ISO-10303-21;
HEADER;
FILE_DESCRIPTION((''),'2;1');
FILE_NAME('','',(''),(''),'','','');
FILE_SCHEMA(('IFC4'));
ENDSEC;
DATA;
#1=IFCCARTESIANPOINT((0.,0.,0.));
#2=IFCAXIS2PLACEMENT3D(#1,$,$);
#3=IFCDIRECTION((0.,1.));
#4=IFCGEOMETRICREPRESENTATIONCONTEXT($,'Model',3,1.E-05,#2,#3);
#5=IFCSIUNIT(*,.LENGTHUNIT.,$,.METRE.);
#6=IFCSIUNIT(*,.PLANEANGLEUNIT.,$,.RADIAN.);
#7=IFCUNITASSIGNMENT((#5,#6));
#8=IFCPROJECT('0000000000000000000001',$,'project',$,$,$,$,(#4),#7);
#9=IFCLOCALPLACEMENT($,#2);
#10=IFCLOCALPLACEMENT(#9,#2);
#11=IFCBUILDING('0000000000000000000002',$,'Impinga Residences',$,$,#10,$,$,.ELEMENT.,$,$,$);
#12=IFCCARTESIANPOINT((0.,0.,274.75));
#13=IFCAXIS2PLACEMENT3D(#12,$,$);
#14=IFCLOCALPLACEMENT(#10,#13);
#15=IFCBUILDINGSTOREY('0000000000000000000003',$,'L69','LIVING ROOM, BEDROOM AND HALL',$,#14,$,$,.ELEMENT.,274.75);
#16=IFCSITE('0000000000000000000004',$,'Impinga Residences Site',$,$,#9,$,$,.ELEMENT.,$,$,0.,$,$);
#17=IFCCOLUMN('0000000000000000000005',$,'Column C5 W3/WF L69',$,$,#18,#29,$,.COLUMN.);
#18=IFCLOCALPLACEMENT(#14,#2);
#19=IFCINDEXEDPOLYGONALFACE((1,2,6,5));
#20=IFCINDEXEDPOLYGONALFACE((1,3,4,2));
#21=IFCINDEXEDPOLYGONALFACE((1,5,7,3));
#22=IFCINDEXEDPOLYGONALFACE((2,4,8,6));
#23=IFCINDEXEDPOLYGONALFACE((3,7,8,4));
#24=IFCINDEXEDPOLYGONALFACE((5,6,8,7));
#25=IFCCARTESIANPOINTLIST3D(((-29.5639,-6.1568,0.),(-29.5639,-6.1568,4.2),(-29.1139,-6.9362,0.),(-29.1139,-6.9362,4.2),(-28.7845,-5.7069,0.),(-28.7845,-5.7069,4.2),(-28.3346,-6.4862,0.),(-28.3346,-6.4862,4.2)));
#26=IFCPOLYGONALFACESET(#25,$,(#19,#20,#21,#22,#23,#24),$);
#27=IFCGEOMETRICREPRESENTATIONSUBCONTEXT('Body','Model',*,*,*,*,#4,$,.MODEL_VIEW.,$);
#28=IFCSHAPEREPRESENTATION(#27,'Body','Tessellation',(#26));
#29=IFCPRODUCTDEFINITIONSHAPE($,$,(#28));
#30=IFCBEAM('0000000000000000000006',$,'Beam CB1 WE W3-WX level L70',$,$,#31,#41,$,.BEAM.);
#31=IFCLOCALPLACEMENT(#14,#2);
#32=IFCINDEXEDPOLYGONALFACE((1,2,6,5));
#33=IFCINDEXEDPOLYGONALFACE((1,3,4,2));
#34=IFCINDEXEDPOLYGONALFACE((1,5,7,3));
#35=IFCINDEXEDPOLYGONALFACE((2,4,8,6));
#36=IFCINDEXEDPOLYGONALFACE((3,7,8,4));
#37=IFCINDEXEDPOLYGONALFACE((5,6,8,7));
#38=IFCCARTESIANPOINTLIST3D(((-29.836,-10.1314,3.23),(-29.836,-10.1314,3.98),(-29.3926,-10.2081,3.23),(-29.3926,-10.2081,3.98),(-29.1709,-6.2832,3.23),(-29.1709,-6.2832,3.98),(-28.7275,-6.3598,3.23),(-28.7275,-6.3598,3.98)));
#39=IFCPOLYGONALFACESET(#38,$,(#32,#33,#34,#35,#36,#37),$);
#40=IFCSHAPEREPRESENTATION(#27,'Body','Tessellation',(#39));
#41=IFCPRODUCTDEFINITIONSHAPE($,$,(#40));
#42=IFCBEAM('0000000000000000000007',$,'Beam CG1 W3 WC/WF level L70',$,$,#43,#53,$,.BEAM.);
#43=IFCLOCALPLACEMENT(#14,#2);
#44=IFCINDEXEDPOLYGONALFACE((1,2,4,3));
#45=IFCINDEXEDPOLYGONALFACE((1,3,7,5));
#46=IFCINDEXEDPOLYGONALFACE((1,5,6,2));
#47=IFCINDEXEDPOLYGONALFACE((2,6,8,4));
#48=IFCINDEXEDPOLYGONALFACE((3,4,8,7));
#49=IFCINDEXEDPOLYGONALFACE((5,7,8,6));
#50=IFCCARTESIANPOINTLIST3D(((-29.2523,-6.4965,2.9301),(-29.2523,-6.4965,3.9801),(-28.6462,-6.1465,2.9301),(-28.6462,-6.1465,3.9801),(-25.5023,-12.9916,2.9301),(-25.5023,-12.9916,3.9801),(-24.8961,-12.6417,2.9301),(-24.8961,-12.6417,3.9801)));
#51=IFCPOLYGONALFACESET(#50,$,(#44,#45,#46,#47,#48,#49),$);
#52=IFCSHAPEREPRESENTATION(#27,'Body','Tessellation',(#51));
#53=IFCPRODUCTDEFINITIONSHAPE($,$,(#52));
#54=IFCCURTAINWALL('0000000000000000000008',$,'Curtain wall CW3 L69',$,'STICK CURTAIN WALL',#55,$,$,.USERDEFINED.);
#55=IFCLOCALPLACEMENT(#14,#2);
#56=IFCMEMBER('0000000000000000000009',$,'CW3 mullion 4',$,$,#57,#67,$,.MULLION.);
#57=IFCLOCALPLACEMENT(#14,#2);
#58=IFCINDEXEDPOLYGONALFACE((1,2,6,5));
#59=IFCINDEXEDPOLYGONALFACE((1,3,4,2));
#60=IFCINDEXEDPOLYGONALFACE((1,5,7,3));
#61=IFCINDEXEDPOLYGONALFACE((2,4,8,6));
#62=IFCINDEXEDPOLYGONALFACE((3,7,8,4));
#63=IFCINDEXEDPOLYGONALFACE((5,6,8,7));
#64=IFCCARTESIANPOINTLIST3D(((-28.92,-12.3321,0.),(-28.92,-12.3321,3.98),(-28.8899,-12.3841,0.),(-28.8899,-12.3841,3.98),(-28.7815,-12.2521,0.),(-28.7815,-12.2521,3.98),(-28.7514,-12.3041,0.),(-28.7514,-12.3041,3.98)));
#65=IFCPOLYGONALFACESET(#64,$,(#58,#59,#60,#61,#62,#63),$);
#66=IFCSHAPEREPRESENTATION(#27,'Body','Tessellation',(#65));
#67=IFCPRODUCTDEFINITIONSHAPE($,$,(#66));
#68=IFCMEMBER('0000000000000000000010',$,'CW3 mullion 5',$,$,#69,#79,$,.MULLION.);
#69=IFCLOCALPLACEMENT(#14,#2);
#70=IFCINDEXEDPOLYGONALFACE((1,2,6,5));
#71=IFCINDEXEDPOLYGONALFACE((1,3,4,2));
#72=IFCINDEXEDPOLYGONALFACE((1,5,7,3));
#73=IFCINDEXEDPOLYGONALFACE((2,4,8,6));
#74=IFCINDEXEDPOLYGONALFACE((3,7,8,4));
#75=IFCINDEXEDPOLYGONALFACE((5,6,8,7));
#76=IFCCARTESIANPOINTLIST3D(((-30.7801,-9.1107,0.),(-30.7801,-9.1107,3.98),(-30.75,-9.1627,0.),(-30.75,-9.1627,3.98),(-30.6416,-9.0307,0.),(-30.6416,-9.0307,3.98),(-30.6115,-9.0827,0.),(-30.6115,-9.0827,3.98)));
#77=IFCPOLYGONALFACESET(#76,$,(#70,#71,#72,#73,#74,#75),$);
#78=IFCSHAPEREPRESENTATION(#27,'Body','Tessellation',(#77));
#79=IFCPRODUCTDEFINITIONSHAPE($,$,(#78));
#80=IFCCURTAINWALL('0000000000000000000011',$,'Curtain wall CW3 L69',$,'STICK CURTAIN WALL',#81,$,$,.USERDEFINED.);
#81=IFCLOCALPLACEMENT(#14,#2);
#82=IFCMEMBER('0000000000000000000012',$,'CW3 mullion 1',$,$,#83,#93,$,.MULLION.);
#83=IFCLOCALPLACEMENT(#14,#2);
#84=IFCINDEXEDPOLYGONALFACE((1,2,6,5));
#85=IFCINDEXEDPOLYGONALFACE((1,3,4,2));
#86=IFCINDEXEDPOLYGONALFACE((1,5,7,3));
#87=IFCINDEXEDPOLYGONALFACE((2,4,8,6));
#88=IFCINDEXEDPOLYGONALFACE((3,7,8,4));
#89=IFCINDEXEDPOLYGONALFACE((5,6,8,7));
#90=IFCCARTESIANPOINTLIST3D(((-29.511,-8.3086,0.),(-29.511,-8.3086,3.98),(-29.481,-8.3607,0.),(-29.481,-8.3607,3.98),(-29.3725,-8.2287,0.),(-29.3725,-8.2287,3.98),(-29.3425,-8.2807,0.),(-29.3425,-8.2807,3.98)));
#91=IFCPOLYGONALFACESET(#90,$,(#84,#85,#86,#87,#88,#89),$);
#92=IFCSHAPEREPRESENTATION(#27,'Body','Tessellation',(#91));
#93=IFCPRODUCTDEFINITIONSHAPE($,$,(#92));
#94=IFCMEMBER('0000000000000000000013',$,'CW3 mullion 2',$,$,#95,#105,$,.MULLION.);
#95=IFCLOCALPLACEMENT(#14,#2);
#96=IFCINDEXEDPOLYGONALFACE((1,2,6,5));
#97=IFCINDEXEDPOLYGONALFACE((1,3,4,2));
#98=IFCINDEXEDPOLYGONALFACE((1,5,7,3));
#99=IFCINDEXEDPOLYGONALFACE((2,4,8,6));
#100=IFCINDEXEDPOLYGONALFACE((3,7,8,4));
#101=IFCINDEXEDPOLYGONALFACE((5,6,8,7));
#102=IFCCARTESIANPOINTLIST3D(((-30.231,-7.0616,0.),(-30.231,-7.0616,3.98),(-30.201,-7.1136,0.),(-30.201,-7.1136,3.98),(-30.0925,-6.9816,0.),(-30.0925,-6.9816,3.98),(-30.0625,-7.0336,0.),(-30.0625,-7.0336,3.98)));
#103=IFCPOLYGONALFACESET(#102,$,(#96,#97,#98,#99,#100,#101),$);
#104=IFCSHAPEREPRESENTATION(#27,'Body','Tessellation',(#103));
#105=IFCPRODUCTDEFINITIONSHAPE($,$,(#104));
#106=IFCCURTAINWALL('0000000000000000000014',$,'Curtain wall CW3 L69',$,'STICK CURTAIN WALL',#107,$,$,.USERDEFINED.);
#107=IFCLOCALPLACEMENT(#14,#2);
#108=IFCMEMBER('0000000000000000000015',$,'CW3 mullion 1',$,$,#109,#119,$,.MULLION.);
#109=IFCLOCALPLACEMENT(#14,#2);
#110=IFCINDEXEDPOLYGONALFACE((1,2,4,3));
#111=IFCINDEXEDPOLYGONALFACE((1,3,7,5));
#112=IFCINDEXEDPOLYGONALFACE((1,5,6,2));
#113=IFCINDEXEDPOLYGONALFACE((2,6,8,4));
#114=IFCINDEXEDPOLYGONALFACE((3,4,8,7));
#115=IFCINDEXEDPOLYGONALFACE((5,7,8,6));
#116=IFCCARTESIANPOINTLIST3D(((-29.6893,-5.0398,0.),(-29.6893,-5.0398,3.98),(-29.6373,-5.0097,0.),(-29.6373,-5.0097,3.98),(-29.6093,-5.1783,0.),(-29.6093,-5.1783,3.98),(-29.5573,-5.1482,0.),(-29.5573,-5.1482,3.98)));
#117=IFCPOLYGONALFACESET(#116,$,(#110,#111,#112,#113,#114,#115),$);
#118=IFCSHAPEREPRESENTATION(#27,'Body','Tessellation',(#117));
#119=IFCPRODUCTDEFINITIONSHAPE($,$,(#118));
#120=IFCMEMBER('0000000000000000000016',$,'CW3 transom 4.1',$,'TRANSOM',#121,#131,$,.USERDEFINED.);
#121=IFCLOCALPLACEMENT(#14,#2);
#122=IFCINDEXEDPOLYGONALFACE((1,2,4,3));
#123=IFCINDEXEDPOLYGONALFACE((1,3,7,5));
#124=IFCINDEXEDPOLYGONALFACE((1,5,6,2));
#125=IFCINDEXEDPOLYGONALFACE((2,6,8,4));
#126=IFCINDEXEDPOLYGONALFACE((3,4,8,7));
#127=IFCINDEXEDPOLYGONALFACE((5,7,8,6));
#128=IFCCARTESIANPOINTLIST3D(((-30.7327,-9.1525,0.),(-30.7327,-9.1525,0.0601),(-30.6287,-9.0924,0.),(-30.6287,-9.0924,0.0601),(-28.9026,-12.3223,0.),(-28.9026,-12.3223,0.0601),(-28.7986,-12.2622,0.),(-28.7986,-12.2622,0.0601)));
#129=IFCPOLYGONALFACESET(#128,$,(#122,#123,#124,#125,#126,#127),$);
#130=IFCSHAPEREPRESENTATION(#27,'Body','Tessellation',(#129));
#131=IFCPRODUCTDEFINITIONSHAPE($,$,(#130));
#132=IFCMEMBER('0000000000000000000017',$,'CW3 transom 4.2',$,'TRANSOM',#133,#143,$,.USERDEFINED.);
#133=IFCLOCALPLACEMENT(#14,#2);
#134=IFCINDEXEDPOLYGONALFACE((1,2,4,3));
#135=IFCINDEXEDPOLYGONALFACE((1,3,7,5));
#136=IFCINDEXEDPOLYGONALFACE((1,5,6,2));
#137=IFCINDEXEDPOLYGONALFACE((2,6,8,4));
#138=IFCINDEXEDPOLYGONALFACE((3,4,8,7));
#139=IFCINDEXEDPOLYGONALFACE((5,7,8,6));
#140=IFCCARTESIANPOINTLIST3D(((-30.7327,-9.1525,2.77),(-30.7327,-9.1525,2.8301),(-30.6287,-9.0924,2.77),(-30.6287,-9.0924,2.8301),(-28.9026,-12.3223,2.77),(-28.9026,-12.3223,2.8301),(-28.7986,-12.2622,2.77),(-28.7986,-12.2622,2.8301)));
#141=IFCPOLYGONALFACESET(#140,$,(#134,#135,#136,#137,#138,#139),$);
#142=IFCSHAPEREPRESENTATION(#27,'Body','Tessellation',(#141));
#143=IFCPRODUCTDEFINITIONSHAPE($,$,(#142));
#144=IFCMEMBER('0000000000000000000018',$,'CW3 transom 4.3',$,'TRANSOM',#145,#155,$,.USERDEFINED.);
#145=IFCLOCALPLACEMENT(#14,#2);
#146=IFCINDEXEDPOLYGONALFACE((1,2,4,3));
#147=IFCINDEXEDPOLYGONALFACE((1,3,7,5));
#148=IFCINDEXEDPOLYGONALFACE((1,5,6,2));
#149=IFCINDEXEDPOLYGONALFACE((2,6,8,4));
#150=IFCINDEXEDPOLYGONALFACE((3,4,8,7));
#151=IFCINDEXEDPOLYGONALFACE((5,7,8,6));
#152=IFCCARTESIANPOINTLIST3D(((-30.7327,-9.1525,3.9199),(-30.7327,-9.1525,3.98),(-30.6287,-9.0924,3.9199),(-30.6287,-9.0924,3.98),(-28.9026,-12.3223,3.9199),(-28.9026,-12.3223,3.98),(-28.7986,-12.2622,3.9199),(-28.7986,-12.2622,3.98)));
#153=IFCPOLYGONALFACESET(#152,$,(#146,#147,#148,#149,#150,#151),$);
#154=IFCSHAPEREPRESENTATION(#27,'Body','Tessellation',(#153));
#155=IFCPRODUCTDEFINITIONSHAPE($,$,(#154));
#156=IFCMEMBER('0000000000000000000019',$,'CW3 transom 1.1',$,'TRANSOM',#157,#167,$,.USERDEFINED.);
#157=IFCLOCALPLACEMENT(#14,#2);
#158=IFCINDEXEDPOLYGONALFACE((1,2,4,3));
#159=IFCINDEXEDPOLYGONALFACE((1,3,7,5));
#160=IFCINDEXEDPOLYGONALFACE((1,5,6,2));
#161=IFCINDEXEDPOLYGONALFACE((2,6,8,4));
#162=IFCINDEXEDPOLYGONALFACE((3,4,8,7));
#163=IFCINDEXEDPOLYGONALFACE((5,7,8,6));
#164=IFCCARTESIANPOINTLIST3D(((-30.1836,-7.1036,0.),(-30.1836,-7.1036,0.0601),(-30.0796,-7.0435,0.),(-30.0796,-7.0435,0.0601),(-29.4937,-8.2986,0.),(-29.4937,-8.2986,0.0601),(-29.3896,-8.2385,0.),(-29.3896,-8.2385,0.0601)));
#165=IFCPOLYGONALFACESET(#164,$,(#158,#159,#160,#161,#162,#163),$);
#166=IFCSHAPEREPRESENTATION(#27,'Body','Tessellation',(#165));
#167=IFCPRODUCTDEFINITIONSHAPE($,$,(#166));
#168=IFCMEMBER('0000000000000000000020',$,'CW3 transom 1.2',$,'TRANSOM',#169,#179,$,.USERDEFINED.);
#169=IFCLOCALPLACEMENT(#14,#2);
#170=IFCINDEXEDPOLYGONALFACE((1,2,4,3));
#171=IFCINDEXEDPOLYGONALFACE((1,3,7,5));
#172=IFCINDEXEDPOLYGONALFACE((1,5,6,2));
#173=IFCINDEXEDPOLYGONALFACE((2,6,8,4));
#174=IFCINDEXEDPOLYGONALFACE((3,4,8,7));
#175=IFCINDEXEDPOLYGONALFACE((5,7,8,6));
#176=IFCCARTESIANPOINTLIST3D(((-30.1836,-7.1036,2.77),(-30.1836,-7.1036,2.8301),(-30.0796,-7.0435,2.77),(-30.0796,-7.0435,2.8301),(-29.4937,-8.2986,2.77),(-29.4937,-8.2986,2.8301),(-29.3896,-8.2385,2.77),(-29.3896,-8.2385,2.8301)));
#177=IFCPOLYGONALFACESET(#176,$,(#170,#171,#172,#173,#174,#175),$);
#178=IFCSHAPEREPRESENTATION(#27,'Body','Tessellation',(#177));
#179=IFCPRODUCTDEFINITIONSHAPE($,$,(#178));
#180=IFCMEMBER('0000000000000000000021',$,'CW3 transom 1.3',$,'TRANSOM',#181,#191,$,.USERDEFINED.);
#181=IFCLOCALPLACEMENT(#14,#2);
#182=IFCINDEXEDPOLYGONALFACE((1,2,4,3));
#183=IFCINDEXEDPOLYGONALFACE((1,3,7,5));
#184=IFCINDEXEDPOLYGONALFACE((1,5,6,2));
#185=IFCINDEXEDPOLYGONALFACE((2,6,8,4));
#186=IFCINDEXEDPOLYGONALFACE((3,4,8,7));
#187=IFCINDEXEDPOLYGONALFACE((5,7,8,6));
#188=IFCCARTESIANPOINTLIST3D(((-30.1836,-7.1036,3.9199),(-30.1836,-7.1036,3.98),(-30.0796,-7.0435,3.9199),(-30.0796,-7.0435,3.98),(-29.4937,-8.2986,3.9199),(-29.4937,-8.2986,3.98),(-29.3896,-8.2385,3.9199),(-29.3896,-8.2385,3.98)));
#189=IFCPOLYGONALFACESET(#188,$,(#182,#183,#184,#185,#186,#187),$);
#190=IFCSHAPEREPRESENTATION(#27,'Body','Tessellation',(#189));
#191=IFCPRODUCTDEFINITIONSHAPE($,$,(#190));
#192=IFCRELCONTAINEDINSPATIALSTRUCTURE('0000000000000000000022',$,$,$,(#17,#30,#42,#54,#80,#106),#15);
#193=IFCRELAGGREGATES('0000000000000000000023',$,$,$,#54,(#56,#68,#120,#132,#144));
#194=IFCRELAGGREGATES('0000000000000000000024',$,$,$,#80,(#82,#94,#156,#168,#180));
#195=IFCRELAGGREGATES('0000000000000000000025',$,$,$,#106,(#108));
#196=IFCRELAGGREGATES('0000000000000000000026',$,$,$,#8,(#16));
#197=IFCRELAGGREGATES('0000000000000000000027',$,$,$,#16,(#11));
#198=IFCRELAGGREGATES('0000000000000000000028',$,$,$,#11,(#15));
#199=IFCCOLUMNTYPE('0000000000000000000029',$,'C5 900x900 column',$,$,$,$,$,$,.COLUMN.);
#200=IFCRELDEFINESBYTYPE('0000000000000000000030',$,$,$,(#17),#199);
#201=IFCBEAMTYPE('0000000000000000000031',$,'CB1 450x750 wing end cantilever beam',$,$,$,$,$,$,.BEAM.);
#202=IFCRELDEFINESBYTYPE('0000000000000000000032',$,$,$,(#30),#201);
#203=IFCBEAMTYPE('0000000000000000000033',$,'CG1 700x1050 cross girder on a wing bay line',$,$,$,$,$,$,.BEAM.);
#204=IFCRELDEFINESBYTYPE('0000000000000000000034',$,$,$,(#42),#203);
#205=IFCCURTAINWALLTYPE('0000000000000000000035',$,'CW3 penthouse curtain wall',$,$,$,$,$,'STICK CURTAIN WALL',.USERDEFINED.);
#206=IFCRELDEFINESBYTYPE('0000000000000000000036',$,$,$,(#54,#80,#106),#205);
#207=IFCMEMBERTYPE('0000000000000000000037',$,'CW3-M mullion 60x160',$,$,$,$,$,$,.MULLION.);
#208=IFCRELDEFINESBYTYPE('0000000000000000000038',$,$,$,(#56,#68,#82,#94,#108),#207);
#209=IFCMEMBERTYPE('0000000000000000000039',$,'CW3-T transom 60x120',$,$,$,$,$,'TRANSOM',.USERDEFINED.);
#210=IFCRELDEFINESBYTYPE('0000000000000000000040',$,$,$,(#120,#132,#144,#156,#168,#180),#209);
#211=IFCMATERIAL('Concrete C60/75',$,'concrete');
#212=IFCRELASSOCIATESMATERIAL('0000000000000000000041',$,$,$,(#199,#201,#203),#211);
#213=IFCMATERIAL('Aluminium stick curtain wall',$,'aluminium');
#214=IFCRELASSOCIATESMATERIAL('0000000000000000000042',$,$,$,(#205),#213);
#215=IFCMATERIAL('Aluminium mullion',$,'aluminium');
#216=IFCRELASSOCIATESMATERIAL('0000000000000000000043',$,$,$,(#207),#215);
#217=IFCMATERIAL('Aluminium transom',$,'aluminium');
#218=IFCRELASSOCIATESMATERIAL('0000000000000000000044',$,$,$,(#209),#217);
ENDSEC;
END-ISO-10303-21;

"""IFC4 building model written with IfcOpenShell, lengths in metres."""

from ifc_helpers import new_model, si_unit, direction, frame, origin, origin_2d, place, context, subcontext, project, spatial, rectangle, extrude, material, material_profile, profile_set, type_object, element, aggregate, save


model = new_model("IFC4")

# Units and contexts
model_context = context("Model", 3, precision=1e-05, world=origin(), true_north=direction((0.0, 1.0)))
body_context = subcontext(model_context, "Body", "Model", "MODEL_VIEW")
ifc_project = project(units=[si_unit("LENGTHUNIT", "METRE"), si_unit("PLANEANGLEUNIT", "RADIAN")], contexts=[model_context])

# Site, building, storey
site_placement = place(None, origin())
site = spatial("IfcSite", under=ifc_project, at=site_placement, Name="Impinga Residences Site", CompositionType="ELEMENT", RefElevation=0.0)
building_placement = place(site_placement, origin())
building = spatial("IfcBuilding", under=site, at=building_placement, Name="Impinga Residences", CompositionType="ELEMENT")
storey_placement = place(building_placement, frame((0.0, 0.0, 274.75)))
storey = spatial("IfcBuildingStorey", under=building, at=storey_placement, Name="L69", Description="LIVING ROOM, BEDROOM AND HALL", CompositionType="ELEMENT", Elevation=274.75)

# Column
ifc_material_1 = material(Name="Concrete C60/75", Category="concrete")
ifc_material_profile_1 = material_profile(ifc_material_1, rectangle(XDim=0.8999, YDim=0.8999, at=origin_2d()), Name="RC 900x900")
ifc_profile_set_1 = profile_set([ifc_material_profile_1], Name="Concrete C60/75")
column_type = type_object("IfcColumnType", Name="C5 900x900 column", PredefinedType="COLUMN", material=ifc_profile_set_1)
column_placement = place(storey_placement, frame((-28.9492, -6.3215, 0.0), z_axis=(0.0, 0.0, 1.0), x_axis=(-0.5, 0.866025, 0.0)))
element("IfcColumn", 1, at=column_placement, inside=storey, type_object=column_type, Name="Column C5 W3/WF L69", PredefinedType="COLUMN", context=body_context, shape_type="SweptSolid", body=[
    extrude(rectangle(XDim=0.8999, YDim=0.8999, at=origin_2d()), origin(), (0.0, 0.0, 1.0), 4.2),
])

# Beams
ifc_material_profile_2 = material_profile(ifc_material_1, rectangle(XDim=0.45, YDim=0.75, at=origin_2d()), Name="RC 450x750")
ifc_profile_set_2 = profile_set([ifc_material_profile_2], Name="Concrete C60/75")
beam_type_1 = type_object("IfcBeamType", Name="CB1 450x750 wing end cantilever beam", PredefinedType="BEAM", material=ifc_profile_set_2)
beam_1_placement = place(storey_placement, frame((-28.9492, -6.3215, 3.605), z_axis=(-0.170296, -0.985393, 0.0), x_axis=(0.985393, -0.170296, 0.0)))
element("IfcBeam", 2, at=beam_1_placement, inside=storey, type_object=beam_type_1, Name="Beam CB1 WE W3-WX level L70", PredefinedType="BEAM", context=body_context, shape_type="SweptSolid", body=[
    extrude(rectangle(XDim=0.45, YDim=0.75, at=origin_2d()), origin(), (0.0, 0.0, 1.0), 3.9053),
])
ifc_material_profile_3 = material_profile(ifc_material_1, rectangle(XDim=0.7, YDim=1.05, at=origin_2d()), Name="RC 700x1050")
ifc_profile_set_3 = profile_set([ifc_material_profile_3], Name="Concrete C60/75")
beam_type_2 = type_object("IfcBeamType", Name="CG1 700x1050 cross girder on a wing bay line", PredefinedType="BEAM", material=ifc_profile_set_3)
beam_2_placement = place(storey_placement, frame((-25.1992, -12.8167, 3.4551), z_axis=(-0.500004, 0.866023, 0.0), x_axis=(-0.866023, -0.500004, 0.0)))
element("IfcBeam", 3, at=beam_2_placement, inside=storey, type_object=beam_type_2, Name="Beam CG1 W3 WC/WF level L70", PredefinedType="BEAM", context=body_context, shape_type="SweptSolid", body=[
    extrude(rectangle(XDim=0.7, YDim=1.05, at=origin_2d()), origin(), (0.0, 0.0, 1.0), 7.5),
])

# Curtain walls, members
ifc_material_2 = material(Name="Aluminium stick curtain wall", Category="aluminium")
curtain_wall_type = type_object("IfcCurtainWallType", Name="CW3 penthouse curtain wall", ElementType="STICK CURTAIN WALL", PredefinedType="USERDEFINED", material=ifc_material_2)
curtain_wall_1_placement = place(storey_placement, origin())
curtain_wall_1 = element("IfcCurtainWall", 4, at=curtain_wall_1_placement, inside=storey, type_object=curtain_wall_type, Name="Curtain wall CW3 L69", ObjectType="STICK CURTAIN WALL", PredefinedType="USERDEFINED")
ifc_material_3 = material(Name="Aluminium mullion", Category="aluminium")
ifc_material_profile_4 = material_profile(ifc_material_3, rectangle(XDim=0.0601, YDim=0.1599, at=origin_2d()), Name="60x160 mullion")
ifc_profile_set_4 = profile_set([ifc_material_profile_4], Name="Aluminium mullion")
member_type_1 = type_object("IfcMemberType", Name="CW3-M mullion 60x160", PredefinedType="MULLION", material=ifc_profile_set_4)
member_1_placement = place(storey_placement, frame((-28.8357, -12.3181, 0.0), z_axis=(0.0, 0.0, 1.0), x_axis=(-0.5, 0.866025, 0.0)))
member_1 = element("IfcMember", 5, at=member_1_placement, type_object=member_type_1, Name="CW3 mullion 4", PredefinedType="MULLION", context=body_context, shape_type="SweptSolid", body=[
    extrude(rectangle(XDim=0.0601, YDim=0.1599, at=origin_2d()), origin(), (0.0, 0.0, 1.0), 3.98),
])
member_2_placement = place(storey_placement, frame((-30.6958, -9.0967, 0.0), z_axis=(0.0, 0.0, 1.0), x_axis=(-0.5, 0.866025, 0.0)))
member_2 = element("IfcMember", 6, at=member_2_placement, type_object=member_type_1, Name="CW3 mullion 5", PredefinedType="MULLION", context=body_context, shape_type="SweptSolid", body=[
    extrude(rectangle(XDim=0.0601, YDim=0.1599, at=origin_2d()), origin(), (0.0, 0.0, 1.0), 3.98),
])
curtain_wall_2_placement = place(storey_placement, origin())
curtain_wall_2 = element("IfcCurtainWall", 7, at=curtain_wall_2_placement, inside=storey, type_object=curtain_wall_type, Name="Curtain wall CW3 L69", ObjectType="STICK CURTAIN WALL", PredefinedType="USERDEFINED")
member_3_placement = place(storey_placement, frame((-29.4268, -8.2947, 0.0), z_axis=(0.0, 0.0, 1.0), x_axis=(-0.5, 0.866025, 0.0)))
member_3 = element("IfcMember", 8, at=member_3_placement, type_object=member_type_1, Name="CW3 mullion 1", PredefinedType="MULLION", context=body_context, shape_type="SweptSolid", body=[
    extrude(rectangle(XDim=0.0601, YDim=0.1599, at=origin_2d()), origin(), (0.0, 0.0, 1.0), 3.98),
])
member_4_placement = place(storey_placement, frame((-30.1467, -7.0476, 0.0), z_axis=(0.0, 0.0, 1.0), x_axis=(-0.5, 0.866025, 0.0)))
member_4 = element("IfcMember", 9, at=member_4_placement, type_object=member_type_1, Name="CW3 mullion 2", PredefinedType="MULLION", context=body_context, shape_type="SweptSolid", body=[
    extrude(rectangle(XDim=0.0601, YDim=0.1599, at=origin_2d()), origin(), (0.0, 0.0, 1.0), 3.98),
])

# Curtain wall, member
curtain_wall_3_placement = place(storey_placement, origin())
curtain_wall_3 = element("IfcCurtainWall", 10, at=curtain_wall_3_placement, inside=storey, type_object=curtain_wall_type, Name="Curtain wall CW3 L69", ObjectType="STICK CURTAIN WALL", PredefinedType="USERDEFINED")
member_5_placement = place(storey_placement, frame((-29.6233, -5.094, 0.0), z_axis=(0.0, 0.0, 1.0), x_axis=(0.866025, 0.5, 0.0)))
member_5 = element("IfcMember", 11, at=member_5_placement, type_object=member_type_1, Name="CW3 mullion 1", PredefinedType="MULLION", context=body_context, shape_type="SweptSolid", body=[
    extrude(rectangle(XDim=0.0601, YDim=0.1599, at=origin_2d()), origin(), (0.0, 0.0, 1.0), 3.98),
])

# Members
ifc_material_4 = material(Name="Aluminium transom", Category="aluminium")
ifc_material_profile_5 = material_profile(ifc_material_4, rectangle(XDim=0.0601, YDim=0.1201, at=origin_2d()), Name="60x120 transom")
ifc_profile_set_5 = profile_set([ifc_material_profile_5], Name="Aluminium transom")
member_type_2 = type_object("IfcMemberType", Name="CW3-T transom 60x120", ElementType="TRANSOM", PredefinedType="USERDEFINED", material=ifc_profile_set_5)
member_6_placement = place(storey_placement, frame((-28.8506, -12.2922, 0.03), z_axis=(-0.500013, 0.866018, 0.0), x_axis=(0.0, 0.0, 1.0)))
member_6 = element("IfcMember", 12, at=member_6_placement, type_object=member_type_2, Name="CW3 transom 4.1", ObjectType="TRANSOM", PredefinedType="USERDEFINED", context=body_context, shape_type="SweptSolid", body=[
    extrude(rectangle(XDim=0.0601, YDim=0.1201, at=origin_2d()), origin(), (0.0, 0.0, 1.0), 3.6602),
])
member_7_placement = place(storey_placement, frame((-28.8506, -12.2922, 2.8), z_axis=(-0.500013, 0.866018, 0.0), x_axis=(0.0, 0.0, 1.0)))
member_7 = element("IfcMember", 13, at=member_7_placement, type_object=member_type_2, Name="CW3 transom 4.2", ObjectType="TRANSOM", PredefinedType="USERDEFINED", context=body_context, shape_type="SweptSolid", body=[
    extrude(rectangle(XDim=0.0601, YDim=0.1201, at=origin_2d()), origin(), (0.0, 0.0, 1.0), 3.6602),
])
member_8_placement = place(storey_placement, frame((-28.8506, -12.2922, 3.95), z_axis=(-0.500013, 0.866018, 0.0), x_axis=(0.0, 0.0, 1.0)))
member_8 = element("IfcMember", 14, at=member_8_placement, type_object=member_type_2, Name="CW3 transom 4.3", ObjectType="TRANSOM", PredefinedType="USERDEFINED", context=body_context, shape_type="SweptSolid", body=[
    extrude(rectangle(XDim=0.0601, YDim=0.1201, at=origin_2d()), origin(), (0.0, 0.0, 1.0), 3.6602),
])
member_9_placement = place(storey_placement, frame((-29.4417, -8.2686, 0.03), z_axis=(-0.499983, 0.866035, 0.0), x_axis=(0.0, 0.0, 1.0)))
member_9 = element("IfcMember", 15, at=member_9_placement, type_object=member_type_2, Name="CW3 transom 1.1", ObjectType="TRANSOM", PredefinedType="USERDEFINED", context=body_context, shape_type="SweptSolid", body=[
    extrude(rectangle(XDim=0.0601, YDim=0.1201, at=origin_2d()), origin(), (0.0, 0.0, 1.0), 1.3799),
])
member_10_placement = place(storey_placement, frame((-29.4417, -8.2686, 2.8), z_axis=(-0.499983, 0.866035, 0.0), x_axis=(0.0, 0.0, 1.0)))
member_10 = element("IfcMember", 16, at=member_10_placement, type_object=member_type_2, Name="CW3 transom 1.2", ObjectType="TRANSOM", PredefinedType="USERDEFINED", context=body_context, shape_type="SweptSolid", body=[
    extrude(rectangle(XDim=0.0601, YDim=0.1201, at=origin_2d()), origin(), (0.0, 0.0, 1.0), 1.3799),
])
member_11_placement = place(storey_placement, frame((-29.4417, -8.2686, 3.95), z_axis=(-0.499983, 0.866035, 0.0), x_axis=(0.0, 0.0, 1.0)))
member_11 = element("IfcMember", 17, at=member_11_placement, type_object=member_type_2, Name="CW3 transom 1.3", ObjectType="TRANSOM", PredefinedType="USERDEFINED", context=body_context, shape_type="SweptSolid", body=[
    extrude(rectangle(XDim=0.0601, YDim=0.1201, at=origin_2d()), origin(), (0.0, 0.0, 1.0), 1.3799),
])

aggregate(curtain_wall_1, [member_1, member_2, member_6, member_7, member_8])
aggregate(curtain_wall_2, [member_3, member_4, member_9, member_10, member_11])
aggregate(curtain_wall_3, [member_5])

save(model, "model.ifc")
